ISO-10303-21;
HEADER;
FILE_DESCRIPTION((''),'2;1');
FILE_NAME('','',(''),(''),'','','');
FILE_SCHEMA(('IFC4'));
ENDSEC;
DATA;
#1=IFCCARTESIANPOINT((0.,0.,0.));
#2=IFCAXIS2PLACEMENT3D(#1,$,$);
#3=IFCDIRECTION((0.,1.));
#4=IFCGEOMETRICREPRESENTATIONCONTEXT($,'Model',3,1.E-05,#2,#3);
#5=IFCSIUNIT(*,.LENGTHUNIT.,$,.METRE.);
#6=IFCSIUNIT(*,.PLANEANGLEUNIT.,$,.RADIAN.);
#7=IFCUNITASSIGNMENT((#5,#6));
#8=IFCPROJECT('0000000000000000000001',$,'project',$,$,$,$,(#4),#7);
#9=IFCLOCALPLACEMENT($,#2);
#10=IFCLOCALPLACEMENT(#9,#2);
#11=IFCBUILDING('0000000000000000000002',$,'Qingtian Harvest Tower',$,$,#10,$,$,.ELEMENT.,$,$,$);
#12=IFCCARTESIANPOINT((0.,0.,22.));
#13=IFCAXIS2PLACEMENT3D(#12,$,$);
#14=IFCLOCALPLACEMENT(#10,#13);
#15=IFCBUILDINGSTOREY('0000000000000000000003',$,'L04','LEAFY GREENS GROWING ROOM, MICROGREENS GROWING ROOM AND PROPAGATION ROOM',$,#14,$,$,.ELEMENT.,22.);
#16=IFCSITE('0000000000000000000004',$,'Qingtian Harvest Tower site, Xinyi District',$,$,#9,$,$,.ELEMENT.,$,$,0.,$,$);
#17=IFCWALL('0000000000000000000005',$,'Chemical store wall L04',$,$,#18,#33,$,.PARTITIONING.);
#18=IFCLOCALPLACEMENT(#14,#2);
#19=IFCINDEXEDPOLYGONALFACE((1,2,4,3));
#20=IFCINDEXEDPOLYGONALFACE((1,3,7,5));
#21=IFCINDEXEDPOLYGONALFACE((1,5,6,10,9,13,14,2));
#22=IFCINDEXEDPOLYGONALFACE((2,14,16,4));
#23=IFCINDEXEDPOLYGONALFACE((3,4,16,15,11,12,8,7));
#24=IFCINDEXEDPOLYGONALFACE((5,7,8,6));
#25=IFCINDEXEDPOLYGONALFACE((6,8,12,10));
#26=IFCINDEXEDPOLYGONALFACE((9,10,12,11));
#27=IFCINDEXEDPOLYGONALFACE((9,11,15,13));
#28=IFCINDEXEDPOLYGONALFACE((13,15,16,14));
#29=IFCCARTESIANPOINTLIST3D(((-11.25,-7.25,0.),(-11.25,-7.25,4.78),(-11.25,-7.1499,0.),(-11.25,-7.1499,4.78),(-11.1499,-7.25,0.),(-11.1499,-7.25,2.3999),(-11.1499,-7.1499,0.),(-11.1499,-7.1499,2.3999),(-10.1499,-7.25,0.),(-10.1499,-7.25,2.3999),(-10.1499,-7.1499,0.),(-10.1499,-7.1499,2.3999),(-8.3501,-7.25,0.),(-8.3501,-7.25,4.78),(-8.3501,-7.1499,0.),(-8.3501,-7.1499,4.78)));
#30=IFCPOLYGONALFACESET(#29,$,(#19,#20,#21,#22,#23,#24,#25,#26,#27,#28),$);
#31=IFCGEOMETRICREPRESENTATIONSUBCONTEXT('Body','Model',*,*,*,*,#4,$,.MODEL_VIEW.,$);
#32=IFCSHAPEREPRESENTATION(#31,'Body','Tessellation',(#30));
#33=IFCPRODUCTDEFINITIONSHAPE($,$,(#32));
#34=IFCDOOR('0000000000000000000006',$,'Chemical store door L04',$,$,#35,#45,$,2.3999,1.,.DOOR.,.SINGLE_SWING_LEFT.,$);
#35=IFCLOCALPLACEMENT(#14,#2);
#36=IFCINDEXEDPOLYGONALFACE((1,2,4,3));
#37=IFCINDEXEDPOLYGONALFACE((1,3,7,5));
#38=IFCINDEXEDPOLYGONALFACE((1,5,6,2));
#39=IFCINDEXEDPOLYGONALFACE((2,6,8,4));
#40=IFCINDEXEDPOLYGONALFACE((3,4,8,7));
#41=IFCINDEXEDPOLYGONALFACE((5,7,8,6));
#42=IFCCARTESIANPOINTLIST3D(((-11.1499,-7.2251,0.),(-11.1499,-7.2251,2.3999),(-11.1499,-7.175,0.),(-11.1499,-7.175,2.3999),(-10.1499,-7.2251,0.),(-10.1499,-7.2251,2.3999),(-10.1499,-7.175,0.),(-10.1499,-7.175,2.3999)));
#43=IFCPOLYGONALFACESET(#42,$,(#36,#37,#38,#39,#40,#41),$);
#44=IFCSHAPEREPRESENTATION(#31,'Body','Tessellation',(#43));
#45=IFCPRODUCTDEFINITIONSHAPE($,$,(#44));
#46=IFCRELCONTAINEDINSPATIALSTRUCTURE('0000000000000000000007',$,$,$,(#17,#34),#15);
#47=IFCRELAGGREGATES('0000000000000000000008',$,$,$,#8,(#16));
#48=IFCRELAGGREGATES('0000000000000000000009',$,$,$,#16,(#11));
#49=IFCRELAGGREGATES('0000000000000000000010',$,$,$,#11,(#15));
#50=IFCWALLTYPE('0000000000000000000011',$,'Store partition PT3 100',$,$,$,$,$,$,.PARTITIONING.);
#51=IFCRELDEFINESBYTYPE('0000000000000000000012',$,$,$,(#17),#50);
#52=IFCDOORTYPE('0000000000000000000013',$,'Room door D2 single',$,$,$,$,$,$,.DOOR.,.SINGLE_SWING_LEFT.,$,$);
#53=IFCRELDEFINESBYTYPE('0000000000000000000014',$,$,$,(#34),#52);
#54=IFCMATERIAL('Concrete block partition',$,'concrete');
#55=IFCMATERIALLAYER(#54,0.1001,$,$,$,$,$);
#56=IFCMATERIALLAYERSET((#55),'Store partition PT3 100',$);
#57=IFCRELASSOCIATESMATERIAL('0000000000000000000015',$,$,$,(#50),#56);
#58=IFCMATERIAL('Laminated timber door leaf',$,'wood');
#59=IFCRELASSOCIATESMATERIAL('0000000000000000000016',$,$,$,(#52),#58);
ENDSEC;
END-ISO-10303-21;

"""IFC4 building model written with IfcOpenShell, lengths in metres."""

from ifc_helpers import new_model, si_unit, direction, frame, frame_2d, origin, place, context, subcontext, project, spatial, rectangle, extrude, material, layer, layer_set, type_object, element, fill, save


model = new_model("IFC4")

# Units and contexts
model_context = context("Model", 3, precision=1e-05, world=origin(), true_north=direction((0.0, 1.0)))
body_context = subcontext(model_context, "Body", "Model", "MODEL_VIEW")
ifc_project = project(units=[si_unit("LENGTHUNIT", "METRE"), si_unit("PLANEANGLEUNIT", "RADIAN")], contexts=[model_context])

# Site, building, storey
site_placement = place(None, origin())
site = spatial("IfcSite", under=ifc_project, at=site_placement, Name="Qingtian Harvest Tower site, Xinyi District", CompositionType="ELEMENT", RefElevation=0.0)
building_placement = place(site_placement, origin())
building = spatial("IfcBuilding", under=site, at=building_placement, Name="Qingtian Harvest Tower", CompositionType="ELEMENT")
storey_placement = place(building_placement, frame((0.0, 0.0, 22.0)))
storey = spatial("IfcBuildingStorey", under=building, at=storey_placement, Name="L04", Description="LEAFY GREENS GROWING ROOM, MICROGREENS GROWING ROOM AND PROPAGATION ROOM", CompositionType="ELEMENT", Elevation=22.0)

# Wall, opening, door
ifc_material_1 = material(Name="Concrete block partition", Category="concrete")
ifc_layer_1 = layer(ifc_material_1, 0.1001)
ifc_layer_set_1 = layer_set([ifc_layer_1], Name="Store partition PT3 100")
wall_type_1 = type_object("IfcWallType", Name="Store partition PT3 100", PredefinedType="PARTITIONING", material=ifc_layer_set_1)
wall_1_placement = place(storey_placement, frame((-11.25, -7.2, 0.0), z_axis=(0.0, 0.0, 1.0), x_axis=(1.0, 0.0, 0.0)))
wall_1 = element("IfcWall", 1, at=wall_1_placement, inside=storey, type_object=wall_type_1, Name="Chemical store wall L04", PredefinedType="PARTITIONING", context=body_context, shape_type="SweptSolid", body=[
    extrude(rectangle(XDim=2.8999, YDim=0.1001, at=frame_2d((1.45, 0.0))), origin(), (0.0, 0.0, 1.0), 4.78),
])
opening_1_placement = place(wall_1_placement, frame((0.1001, 0.0, 0.0)))
opening_1 = element("IfcOpeningElement", 2, at=opening_1_placement, cuts=wall_1, PredefinedType="OPENING", context=body_context, shape_type="SweptSolid", body=[
    extrude(rectangle(XDim=1.0, YDim=2.3999, at=frame_2d((0.5, 1.2))), frame((0.0, 0.0601, 0.0), z_axis=(0.0, -1.0, 0.0), x_axis=(1.0, 0.0, 0.0)), (0.0, 0.0, 1.0), 0.1201),
])
ifc_material_2 = material(Name="Laminated timber door leaf", Category="wood")
door_type_1 = type_object("IfcDoorType", Name="Room door D2 single", OperationType="SINGLE_SWING_LEFT", PredefinedType="DOOR", material=ifc_material_2)
door_1_placement = place(opening_1_placement, origin())
door_1 = element("IfcDoor", 3, at=door_1_placement, inside=storey, type_object=door_type_1, Name="Chemical store door L04", OperationType="SINGLE_SWING_LEFT", OverallHeight=2.3999, OverallWidth=1.0, PredefinedType="DOOR", context=body_context, shape_type="SweptSolid", body=[
    extrude(rectangle(XDim=1.0, YDim=2.3999, at=frame_2d((0.5, 1.2))), frame((0.0, 0.0249, 0.0), z_axis=(0.0, -1.0, 0.0), x_axis=(1.0, 0.0, 0.0)), (0.0, 0.0, 1.0), 0.05),
])
fill(opening_1, door_1)

save(model, "model.ifc")
